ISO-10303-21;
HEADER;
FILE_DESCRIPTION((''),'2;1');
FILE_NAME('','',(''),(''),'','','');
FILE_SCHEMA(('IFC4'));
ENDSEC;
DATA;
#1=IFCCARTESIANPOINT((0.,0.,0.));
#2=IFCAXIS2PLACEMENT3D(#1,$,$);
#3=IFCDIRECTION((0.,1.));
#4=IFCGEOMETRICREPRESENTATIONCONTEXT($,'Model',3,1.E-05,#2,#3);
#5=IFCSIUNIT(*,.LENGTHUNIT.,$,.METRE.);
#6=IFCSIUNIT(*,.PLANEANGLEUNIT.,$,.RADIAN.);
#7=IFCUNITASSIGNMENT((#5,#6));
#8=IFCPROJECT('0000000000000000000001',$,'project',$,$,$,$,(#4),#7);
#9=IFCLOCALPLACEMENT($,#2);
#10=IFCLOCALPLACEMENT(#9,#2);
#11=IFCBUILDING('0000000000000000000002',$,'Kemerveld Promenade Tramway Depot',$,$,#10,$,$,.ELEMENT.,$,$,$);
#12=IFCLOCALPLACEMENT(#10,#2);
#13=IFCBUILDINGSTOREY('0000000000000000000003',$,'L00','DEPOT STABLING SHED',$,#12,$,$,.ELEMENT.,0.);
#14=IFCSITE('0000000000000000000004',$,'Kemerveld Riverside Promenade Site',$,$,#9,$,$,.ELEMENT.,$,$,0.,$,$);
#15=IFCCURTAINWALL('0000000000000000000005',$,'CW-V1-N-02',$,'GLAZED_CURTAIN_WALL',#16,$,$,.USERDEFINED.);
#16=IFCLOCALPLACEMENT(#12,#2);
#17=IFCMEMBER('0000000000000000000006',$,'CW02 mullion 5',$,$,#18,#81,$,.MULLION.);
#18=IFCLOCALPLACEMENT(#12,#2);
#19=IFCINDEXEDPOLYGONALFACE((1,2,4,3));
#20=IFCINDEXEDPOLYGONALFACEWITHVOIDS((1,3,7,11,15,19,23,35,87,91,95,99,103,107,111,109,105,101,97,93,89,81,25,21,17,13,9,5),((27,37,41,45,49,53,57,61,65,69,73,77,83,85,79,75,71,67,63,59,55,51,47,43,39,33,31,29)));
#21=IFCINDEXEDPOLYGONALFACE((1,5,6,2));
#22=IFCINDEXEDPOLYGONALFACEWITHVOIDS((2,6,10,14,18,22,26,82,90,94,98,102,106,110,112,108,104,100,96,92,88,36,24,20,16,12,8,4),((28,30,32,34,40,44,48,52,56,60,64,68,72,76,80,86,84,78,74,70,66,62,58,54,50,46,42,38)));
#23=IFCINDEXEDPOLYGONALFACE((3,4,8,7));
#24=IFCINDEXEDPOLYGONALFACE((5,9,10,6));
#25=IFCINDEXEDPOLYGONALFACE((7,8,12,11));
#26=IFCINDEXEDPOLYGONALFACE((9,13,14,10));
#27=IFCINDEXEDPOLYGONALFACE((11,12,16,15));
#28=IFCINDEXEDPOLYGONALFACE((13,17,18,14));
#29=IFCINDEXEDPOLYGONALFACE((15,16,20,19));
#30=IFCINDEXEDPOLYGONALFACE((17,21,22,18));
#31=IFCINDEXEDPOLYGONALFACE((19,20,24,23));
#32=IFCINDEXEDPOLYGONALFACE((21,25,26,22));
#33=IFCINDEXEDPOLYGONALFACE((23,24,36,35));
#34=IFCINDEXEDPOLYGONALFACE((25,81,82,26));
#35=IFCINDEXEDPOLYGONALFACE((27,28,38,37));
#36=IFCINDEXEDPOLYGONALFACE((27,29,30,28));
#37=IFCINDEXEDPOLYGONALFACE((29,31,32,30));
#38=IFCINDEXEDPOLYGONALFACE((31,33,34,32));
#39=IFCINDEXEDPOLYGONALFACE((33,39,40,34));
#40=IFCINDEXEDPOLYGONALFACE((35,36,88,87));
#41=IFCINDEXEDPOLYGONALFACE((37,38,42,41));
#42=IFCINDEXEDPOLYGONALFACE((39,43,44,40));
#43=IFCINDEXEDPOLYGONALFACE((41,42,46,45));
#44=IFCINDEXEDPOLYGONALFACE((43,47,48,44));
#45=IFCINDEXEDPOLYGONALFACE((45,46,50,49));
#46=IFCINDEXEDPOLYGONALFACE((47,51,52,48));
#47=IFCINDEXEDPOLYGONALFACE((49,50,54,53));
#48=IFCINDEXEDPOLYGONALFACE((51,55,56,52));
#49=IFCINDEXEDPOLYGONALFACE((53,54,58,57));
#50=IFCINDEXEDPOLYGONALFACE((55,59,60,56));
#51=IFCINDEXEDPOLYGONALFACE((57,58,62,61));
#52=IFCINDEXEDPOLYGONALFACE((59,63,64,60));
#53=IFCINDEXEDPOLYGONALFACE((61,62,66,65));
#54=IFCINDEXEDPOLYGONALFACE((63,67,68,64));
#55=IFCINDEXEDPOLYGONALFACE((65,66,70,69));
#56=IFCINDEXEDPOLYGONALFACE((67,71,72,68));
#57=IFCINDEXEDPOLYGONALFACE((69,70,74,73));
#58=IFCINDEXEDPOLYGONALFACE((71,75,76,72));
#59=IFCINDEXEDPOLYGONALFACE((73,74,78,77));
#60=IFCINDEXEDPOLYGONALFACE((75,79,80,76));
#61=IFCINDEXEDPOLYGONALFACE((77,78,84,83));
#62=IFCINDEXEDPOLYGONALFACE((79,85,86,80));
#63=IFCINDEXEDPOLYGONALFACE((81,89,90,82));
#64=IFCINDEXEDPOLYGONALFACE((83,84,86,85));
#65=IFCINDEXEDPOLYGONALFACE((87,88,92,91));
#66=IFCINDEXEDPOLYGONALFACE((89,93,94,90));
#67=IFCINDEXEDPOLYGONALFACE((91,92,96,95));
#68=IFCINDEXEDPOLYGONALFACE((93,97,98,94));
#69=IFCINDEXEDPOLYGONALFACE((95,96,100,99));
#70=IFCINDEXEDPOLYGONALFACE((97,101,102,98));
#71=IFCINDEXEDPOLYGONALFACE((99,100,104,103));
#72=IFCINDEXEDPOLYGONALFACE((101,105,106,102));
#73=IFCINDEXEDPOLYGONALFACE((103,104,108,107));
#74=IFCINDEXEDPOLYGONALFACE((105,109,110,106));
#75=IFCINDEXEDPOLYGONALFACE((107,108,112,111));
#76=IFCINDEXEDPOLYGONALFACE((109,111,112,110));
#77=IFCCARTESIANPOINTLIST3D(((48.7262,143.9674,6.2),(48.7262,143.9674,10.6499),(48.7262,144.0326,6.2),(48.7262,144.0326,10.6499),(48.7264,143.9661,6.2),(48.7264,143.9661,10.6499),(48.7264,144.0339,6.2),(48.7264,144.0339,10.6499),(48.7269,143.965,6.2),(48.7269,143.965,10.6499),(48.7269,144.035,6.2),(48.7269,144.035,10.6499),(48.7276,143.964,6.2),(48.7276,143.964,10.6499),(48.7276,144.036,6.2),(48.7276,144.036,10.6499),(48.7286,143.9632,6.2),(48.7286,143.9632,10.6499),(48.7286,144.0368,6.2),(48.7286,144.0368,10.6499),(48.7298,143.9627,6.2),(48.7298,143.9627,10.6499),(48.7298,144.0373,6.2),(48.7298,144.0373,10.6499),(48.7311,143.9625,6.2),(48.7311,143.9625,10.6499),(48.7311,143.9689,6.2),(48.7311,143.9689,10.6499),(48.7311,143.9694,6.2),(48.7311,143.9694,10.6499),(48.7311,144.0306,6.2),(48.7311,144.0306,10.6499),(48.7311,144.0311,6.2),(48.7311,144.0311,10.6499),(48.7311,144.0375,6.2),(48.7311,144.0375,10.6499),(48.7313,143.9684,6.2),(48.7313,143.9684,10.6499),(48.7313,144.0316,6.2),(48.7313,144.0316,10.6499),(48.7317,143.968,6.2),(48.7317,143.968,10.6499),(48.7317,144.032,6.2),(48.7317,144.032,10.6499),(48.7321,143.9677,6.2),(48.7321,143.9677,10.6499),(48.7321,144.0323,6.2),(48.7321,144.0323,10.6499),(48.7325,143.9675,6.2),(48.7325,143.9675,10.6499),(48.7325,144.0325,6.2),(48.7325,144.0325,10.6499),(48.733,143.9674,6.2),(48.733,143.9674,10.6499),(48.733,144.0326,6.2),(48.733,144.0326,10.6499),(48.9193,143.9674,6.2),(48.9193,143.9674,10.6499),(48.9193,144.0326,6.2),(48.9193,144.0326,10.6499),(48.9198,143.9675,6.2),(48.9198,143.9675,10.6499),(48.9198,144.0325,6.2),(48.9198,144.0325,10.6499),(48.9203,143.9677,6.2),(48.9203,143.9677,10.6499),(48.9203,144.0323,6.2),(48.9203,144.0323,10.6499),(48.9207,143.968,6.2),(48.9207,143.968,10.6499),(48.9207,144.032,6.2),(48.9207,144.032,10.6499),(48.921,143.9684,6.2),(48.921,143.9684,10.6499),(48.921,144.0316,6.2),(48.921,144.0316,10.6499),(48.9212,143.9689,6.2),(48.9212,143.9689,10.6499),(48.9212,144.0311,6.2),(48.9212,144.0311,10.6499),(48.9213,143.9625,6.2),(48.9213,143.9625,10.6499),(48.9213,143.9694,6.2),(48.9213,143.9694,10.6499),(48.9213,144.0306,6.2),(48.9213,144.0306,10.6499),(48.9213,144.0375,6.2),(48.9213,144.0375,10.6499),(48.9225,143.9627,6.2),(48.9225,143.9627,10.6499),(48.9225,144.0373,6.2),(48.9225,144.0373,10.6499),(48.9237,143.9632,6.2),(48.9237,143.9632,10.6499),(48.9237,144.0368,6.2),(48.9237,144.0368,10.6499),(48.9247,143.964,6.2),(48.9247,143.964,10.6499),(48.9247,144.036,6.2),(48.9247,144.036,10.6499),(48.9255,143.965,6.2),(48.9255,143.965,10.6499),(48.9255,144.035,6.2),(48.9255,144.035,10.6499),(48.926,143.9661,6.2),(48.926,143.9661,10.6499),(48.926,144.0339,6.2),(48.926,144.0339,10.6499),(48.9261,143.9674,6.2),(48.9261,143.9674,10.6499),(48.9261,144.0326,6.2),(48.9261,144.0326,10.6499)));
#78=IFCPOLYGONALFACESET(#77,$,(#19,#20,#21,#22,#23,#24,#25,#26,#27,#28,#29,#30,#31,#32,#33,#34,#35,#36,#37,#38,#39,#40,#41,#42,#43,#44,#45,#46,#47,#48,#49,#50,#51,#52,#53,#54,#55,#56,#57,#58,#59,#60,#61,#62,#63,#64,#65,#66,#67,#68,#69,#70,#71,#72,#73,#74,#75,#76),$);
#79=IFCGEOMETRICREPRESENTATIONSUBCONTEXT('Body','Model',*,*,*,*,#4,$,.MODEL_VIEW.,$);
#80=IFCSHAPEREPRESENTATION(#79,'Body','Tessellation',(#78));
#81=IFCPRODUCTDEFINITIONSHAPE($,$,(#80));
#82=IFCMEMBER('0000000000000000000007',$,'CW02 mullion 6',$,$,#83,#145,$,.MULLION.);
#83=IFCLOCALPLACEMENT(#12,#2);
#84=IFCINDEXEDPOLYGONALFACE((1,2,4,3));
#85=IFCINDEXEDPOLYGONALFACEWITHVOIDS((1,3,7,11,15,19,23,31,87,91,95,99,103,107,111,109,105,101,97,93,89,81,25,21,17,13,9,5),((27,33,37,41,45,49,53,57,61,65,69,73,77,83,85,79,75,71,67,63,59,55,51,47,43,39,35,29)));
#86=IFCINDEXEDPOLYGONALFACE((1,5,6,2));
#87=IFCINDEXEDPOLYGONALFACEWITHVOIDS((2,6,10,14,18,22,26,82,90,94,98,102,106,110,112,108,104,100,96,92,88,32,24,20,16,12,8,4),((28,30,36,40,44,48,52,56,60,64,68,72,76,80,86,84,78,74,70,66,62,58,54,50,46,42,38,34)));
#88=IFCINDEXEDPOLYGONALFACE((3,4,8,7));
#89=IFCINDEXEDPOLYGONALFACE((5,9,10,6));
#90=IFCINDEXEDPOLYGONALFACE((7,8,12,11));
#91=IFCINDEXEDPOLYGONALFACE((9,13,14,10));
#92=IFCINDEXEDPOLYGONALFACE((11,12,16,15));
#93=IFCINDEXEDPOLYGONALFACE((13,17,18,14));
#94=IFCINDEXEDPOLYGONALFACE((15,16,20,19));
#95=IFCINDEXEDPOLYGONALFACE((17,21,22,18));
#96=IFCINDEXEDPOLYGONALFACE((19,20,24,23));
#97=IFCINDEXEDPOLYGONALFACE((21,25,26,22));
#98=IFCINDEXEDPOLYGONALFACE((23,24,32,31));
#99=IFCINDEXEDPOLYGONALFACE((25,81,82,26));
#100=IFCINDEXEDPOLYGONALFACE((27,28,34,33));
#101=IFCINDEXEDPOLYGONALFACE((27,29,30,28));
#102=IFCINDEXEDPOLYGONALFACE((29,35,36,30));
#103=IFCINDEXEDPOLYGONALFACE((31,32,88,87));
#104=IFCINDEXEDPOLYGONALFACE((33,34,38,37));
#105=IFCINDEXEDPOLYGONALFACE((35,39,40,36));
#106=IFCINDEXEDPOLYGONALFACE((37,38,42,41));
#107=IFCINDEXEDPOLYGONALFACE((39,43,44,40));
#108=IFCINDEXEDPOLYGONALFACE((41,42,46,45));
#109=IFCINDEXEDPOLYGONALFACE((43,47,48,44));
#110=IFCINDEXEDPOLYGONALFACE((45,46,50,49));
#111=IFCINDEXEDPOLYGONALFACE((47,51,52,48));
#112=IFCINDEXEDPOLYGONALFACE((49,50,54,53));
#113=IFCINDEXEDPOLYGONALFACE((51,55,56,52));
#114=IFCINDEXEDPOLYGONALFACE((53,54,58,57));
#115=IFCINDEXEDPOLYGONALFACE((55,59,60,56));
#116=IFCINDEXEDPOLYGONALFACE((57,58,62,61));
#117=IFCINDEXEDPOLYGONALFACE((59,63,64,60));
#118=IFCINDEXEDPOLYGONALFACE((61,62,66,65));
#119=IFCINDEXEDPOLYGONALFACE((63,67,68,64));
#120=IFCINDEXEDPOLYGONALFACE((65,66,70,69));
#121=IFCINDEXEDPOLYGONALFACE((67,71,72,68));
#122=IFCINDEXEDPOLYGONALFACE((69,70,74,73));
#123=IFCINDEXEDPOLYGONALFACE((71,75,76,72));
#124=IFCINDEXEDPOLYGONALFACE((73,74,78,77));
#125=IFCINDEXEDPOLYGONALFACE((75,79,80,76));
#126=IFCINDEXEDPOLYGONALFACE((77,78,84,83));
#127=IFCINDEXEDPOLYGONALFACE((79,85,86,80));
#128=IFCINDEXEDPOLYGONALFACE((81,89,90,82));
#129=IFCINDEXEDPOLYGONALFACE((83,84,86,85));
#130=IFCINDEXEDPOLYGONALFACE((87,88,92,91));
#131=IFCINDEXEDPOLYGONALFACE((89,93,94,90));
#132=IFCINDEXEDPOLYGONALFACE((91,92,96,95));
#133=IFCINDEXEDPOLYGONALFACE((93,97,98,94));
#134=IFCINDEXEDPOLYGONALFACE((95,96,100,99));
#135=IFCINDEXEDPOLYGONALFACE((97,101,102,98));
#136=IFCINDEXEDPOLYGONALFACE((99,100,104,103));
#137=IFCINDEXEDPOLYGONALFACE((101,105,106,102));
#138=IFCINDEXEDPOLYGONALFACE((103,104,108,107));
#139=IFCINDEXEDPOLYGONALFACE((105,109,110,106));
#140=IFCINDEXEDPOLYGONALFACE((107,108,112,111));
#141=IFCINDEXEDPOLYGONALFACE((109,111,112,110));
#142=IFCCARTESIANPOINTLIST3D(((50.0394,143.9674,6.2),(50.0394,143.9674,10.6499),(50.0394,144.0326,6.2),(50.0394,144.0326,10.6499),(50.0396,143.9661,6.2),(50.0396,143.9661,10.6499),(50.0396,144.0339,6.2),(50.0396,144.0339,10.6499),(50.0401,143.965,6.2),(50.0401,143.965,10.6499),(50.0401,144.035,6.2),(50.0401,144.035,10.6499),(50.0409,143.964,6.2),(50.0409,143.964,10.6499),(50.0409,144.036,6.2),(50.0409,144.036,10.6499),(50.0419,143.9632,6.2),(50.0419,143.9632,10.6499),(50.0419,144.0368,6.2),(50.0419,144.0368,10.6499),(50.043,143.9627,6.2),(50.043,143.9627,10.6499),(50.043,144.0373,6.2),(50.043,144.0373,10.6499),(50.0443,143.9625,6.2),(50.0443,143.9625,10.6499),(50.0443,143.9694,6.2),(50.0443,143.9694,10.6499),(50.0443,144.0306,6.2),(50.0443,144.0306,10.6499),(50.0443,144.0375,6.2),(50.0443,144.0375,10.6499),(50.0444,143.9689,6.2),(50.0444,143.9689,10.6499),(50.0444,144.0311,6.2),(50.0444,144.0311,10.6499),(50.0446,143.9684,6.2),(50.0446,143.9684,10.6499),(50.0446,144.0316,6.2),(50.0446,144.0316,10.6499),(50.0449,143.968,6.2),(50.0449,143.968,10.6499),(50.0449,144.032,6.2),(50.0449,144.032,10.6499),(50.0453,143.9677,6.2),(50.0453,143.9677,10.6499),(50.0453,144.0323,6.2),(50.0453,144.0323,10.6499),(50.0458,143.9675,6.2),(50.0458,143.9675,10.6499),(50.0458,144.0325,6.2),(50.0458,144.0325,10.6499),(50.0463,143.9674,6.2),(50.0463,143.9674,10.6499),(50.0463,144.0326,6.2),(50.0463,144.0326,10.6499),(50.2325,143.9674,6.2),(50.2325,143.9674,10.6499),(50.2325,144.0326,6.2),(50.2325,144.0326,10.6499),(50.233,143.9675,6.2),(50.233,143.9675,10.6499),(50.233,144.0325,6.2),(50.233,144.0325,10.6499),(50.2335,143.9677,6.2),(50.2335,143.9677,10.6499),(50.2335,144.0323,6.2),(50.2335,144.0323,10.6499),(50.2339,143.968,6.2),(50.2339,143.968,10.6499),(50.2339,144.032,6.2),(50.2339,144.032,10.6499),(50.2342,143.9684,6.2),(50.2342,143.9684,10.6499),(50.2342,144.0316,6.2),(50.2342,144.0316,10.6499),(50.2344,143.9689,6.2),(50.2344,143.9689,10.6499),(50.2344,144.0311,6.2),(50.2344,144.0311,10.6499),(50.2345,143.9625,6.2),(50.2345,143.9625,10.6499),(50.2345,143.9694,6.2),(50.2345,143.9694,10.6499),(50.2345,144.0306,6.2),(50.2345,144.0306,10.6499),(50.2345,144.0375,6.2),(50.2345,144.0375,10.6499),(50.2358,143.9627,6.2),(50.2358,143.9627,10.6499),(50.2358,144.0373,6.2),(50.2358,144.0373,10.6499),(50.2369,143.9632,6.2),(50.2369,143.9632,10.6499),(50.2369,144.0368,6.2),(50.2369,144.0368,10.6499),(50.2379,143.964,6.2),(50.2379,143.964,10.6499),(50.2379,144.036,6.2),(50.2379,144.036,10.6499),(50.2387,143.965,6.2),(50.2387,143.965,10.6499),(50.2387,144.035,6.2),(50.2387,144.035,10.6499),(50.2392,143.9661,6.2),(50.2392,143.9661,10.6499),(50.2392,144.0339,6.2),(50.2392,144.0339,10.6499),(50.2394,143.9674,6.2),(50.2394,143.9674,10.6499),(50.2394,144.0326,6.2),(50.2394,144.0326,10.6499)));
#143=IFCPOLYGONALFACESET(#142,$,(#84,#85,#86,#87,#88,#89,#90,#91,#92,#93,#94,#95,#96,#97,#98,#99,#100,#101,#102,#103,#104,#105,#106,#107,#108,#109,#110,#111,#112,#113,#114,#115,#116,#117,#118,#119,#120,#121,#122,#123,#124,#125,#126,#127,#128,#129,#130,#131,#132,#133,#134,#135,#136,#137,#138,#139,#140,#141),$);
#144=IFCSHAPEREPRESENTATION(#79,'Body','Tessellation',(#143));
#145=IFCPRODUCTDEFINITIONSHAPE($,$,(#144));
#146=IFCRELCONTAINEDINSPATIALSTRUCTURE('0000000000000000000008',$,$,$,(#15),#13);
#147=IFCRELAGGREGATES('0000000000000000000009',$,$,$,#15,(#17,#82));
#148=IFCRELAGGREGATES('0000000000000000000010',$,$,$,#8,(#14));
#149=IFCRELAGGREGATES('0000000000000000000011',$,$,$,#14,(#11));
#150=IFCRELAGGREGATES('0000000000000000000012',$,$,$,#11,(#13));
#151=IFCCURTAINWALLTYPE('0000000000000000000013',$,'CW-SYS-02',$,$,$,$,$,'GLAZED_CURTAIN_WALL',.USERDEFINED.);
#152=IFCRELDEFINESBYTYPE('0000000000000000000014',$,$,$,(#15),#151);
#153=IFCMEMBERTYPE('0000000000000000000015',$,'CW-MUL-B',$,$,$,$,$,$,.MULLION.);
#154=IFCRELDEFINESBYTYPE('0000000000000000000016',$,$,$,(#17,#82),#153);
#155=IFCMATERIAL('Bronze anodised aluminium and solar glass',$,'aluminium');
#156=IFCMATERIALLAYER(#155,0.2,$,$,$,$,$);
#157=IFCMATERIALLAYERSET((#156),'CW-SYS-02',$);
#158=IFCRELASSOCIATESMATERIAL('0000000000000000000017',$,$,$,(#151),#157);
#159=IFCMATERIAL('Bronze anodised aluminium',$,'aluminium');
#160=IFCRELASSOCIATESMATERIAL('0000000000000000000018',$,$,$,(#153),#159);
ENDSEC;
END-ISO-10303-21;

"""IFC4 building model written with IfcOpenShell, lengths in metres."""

from ifc_helpers import new_model, si_unit, direction, frame, origin, origin_2d, place, context, subcontext, project, spatial, hollow_rectangle, extrude, material, layer, layer_set, material_profile, profile_set, type_object, element, aggregate, save


model = new_model("IFC4")

# Units and contexts
model_context = context("Model", 3, precision=1e-05, world=origin(), true_north=direction((0.0, 1.0)))
body_context = subcontext(model_context, "Body", "Model", "MODEL_VIEW")
ifc_project = project(units=[si_unit("LENGTHUNIT", "METRE"), si_unit("PLANEANGLEUNIT", "RADIAN")], contexts=[model_context])

# Site, building, storey
site_placement = place(None, origin())
site = spatial("IfcSite", under=ifc_project, at=site_placement, Name="Kemerveld Riverside Promenade Site", CompositionType="ELEMENT", RefElevation=0.0)
building_placement = place(site_placement, origin())
building = spatial("IfcBuilding", under=site, at=building_placement, Name="Kemerveld Promenade Tramway Depot", CompositionType="ELEMENT")
storey_placement = place(building_placement, origin())
storey = spatial("IfcBuildingStorey", under=building, at=storey_placement, Name="L00", Description="DEPOT STABLING SHED", CompositionType="ELEMENT", Elevation=0.0)

# Shared definitions
ifc_material_1 = material(Name="Bronze anodised aluminium and solar glass", Category="aluminium")
ifc_material_2 = material(Name="Bronze anodised aluminium", Category="aluminium")

# Curtain wall, members
ifc_layer_1 = layer(ifc_material_1, 0.2)
ifc_layer_set_1 = layer_set([ifc_layer_1], Name="CW-SYS-02")
curtain_wall_type_1 = type_object("IfcCurtainWallType", Name="CW-SYS-02", ElementType="GLAZED_CURTAIN_WALL", PredefinedType="USERDEFINED", material=ifc_layer_set_1)
curtain_wall_1_placement = place(storey_placement, origin())
curtain_wall_1 = element("IfcCurtainWall", 1, at=curtain_wall_1_placement, inside=storey, type_object=curtain_wall_type_1, Name="CW-V1-N-02", ObjectType="GLAZED_CURTAIN_WALL", PredefinedType="USERDEFINED")
ifc_material_profile_1 = material_profile(ifc_material_2, hollow_rectangle(XDim=0.075, YDim=0.2, WallThickness=0.0049, InnerFilletRadius=0.002, OuterFilletRadius=0.0049, at=origin_2d()), Name="CW-MUL-200x75")
ifc_profile_set_1 = profile_set([ifc_material_profile_1], Name="Bronze anodised aluminium")
member_type_1 = type_object("IfcMemberType", Name="CW-MUL-B", PredefinedType="MULLION", material=ifc_profile_set_1)
member_1_placement = place(storey_placement, frame((48.8262, 144.0, 6.2), z_axis=(0.0, 0.0, 1.0), x_axis=(0.0, 1.0, 0.0)))
member_1 = element("IfcMember", 2, at=member_1_placement, type_object=member_type_1, Name="CW02 mullion 5", PredefinedType="MULLION", context=body_context, shape_type="SweptSolid", body=[
    extrude(hollow_rectangle(XDim=0.075, YDim=0.2, WallThickness=0.0049, InnerFilletRadius=0.002, OuterFilletRadius=0.0049, at=origin_2d()), origin(), (0.0, 0.0, 1.0), 4.45),
])
member_2_placement = place(storey_placement, frame((50.1394, 144.0, 6.2), z_axis=(0.0, 0.0, 1.0), x_axis=(0.0, 1.0, 0.0)))
member_2 = element("IfcMember", 3, at=member_2_placement, type_object=member_type_1, Name="CW02 mullion 6", PredefinedType="MULLION", context=body_context, shape_type="SweptSolid", body=[
    extrude(hollow_rectangle(XDim=0.075, YDim=0.2, WallThickness=0.0049, InnerFilletRadius=0.002, OuterFilletRadius=0.0049, at=origin_2d()), origin(), (0.0, 0.0, 1.0), 4.45),
])

aggregate(curtain_wall_1, [member_1, member_2])

save(model, "model.ifc")
